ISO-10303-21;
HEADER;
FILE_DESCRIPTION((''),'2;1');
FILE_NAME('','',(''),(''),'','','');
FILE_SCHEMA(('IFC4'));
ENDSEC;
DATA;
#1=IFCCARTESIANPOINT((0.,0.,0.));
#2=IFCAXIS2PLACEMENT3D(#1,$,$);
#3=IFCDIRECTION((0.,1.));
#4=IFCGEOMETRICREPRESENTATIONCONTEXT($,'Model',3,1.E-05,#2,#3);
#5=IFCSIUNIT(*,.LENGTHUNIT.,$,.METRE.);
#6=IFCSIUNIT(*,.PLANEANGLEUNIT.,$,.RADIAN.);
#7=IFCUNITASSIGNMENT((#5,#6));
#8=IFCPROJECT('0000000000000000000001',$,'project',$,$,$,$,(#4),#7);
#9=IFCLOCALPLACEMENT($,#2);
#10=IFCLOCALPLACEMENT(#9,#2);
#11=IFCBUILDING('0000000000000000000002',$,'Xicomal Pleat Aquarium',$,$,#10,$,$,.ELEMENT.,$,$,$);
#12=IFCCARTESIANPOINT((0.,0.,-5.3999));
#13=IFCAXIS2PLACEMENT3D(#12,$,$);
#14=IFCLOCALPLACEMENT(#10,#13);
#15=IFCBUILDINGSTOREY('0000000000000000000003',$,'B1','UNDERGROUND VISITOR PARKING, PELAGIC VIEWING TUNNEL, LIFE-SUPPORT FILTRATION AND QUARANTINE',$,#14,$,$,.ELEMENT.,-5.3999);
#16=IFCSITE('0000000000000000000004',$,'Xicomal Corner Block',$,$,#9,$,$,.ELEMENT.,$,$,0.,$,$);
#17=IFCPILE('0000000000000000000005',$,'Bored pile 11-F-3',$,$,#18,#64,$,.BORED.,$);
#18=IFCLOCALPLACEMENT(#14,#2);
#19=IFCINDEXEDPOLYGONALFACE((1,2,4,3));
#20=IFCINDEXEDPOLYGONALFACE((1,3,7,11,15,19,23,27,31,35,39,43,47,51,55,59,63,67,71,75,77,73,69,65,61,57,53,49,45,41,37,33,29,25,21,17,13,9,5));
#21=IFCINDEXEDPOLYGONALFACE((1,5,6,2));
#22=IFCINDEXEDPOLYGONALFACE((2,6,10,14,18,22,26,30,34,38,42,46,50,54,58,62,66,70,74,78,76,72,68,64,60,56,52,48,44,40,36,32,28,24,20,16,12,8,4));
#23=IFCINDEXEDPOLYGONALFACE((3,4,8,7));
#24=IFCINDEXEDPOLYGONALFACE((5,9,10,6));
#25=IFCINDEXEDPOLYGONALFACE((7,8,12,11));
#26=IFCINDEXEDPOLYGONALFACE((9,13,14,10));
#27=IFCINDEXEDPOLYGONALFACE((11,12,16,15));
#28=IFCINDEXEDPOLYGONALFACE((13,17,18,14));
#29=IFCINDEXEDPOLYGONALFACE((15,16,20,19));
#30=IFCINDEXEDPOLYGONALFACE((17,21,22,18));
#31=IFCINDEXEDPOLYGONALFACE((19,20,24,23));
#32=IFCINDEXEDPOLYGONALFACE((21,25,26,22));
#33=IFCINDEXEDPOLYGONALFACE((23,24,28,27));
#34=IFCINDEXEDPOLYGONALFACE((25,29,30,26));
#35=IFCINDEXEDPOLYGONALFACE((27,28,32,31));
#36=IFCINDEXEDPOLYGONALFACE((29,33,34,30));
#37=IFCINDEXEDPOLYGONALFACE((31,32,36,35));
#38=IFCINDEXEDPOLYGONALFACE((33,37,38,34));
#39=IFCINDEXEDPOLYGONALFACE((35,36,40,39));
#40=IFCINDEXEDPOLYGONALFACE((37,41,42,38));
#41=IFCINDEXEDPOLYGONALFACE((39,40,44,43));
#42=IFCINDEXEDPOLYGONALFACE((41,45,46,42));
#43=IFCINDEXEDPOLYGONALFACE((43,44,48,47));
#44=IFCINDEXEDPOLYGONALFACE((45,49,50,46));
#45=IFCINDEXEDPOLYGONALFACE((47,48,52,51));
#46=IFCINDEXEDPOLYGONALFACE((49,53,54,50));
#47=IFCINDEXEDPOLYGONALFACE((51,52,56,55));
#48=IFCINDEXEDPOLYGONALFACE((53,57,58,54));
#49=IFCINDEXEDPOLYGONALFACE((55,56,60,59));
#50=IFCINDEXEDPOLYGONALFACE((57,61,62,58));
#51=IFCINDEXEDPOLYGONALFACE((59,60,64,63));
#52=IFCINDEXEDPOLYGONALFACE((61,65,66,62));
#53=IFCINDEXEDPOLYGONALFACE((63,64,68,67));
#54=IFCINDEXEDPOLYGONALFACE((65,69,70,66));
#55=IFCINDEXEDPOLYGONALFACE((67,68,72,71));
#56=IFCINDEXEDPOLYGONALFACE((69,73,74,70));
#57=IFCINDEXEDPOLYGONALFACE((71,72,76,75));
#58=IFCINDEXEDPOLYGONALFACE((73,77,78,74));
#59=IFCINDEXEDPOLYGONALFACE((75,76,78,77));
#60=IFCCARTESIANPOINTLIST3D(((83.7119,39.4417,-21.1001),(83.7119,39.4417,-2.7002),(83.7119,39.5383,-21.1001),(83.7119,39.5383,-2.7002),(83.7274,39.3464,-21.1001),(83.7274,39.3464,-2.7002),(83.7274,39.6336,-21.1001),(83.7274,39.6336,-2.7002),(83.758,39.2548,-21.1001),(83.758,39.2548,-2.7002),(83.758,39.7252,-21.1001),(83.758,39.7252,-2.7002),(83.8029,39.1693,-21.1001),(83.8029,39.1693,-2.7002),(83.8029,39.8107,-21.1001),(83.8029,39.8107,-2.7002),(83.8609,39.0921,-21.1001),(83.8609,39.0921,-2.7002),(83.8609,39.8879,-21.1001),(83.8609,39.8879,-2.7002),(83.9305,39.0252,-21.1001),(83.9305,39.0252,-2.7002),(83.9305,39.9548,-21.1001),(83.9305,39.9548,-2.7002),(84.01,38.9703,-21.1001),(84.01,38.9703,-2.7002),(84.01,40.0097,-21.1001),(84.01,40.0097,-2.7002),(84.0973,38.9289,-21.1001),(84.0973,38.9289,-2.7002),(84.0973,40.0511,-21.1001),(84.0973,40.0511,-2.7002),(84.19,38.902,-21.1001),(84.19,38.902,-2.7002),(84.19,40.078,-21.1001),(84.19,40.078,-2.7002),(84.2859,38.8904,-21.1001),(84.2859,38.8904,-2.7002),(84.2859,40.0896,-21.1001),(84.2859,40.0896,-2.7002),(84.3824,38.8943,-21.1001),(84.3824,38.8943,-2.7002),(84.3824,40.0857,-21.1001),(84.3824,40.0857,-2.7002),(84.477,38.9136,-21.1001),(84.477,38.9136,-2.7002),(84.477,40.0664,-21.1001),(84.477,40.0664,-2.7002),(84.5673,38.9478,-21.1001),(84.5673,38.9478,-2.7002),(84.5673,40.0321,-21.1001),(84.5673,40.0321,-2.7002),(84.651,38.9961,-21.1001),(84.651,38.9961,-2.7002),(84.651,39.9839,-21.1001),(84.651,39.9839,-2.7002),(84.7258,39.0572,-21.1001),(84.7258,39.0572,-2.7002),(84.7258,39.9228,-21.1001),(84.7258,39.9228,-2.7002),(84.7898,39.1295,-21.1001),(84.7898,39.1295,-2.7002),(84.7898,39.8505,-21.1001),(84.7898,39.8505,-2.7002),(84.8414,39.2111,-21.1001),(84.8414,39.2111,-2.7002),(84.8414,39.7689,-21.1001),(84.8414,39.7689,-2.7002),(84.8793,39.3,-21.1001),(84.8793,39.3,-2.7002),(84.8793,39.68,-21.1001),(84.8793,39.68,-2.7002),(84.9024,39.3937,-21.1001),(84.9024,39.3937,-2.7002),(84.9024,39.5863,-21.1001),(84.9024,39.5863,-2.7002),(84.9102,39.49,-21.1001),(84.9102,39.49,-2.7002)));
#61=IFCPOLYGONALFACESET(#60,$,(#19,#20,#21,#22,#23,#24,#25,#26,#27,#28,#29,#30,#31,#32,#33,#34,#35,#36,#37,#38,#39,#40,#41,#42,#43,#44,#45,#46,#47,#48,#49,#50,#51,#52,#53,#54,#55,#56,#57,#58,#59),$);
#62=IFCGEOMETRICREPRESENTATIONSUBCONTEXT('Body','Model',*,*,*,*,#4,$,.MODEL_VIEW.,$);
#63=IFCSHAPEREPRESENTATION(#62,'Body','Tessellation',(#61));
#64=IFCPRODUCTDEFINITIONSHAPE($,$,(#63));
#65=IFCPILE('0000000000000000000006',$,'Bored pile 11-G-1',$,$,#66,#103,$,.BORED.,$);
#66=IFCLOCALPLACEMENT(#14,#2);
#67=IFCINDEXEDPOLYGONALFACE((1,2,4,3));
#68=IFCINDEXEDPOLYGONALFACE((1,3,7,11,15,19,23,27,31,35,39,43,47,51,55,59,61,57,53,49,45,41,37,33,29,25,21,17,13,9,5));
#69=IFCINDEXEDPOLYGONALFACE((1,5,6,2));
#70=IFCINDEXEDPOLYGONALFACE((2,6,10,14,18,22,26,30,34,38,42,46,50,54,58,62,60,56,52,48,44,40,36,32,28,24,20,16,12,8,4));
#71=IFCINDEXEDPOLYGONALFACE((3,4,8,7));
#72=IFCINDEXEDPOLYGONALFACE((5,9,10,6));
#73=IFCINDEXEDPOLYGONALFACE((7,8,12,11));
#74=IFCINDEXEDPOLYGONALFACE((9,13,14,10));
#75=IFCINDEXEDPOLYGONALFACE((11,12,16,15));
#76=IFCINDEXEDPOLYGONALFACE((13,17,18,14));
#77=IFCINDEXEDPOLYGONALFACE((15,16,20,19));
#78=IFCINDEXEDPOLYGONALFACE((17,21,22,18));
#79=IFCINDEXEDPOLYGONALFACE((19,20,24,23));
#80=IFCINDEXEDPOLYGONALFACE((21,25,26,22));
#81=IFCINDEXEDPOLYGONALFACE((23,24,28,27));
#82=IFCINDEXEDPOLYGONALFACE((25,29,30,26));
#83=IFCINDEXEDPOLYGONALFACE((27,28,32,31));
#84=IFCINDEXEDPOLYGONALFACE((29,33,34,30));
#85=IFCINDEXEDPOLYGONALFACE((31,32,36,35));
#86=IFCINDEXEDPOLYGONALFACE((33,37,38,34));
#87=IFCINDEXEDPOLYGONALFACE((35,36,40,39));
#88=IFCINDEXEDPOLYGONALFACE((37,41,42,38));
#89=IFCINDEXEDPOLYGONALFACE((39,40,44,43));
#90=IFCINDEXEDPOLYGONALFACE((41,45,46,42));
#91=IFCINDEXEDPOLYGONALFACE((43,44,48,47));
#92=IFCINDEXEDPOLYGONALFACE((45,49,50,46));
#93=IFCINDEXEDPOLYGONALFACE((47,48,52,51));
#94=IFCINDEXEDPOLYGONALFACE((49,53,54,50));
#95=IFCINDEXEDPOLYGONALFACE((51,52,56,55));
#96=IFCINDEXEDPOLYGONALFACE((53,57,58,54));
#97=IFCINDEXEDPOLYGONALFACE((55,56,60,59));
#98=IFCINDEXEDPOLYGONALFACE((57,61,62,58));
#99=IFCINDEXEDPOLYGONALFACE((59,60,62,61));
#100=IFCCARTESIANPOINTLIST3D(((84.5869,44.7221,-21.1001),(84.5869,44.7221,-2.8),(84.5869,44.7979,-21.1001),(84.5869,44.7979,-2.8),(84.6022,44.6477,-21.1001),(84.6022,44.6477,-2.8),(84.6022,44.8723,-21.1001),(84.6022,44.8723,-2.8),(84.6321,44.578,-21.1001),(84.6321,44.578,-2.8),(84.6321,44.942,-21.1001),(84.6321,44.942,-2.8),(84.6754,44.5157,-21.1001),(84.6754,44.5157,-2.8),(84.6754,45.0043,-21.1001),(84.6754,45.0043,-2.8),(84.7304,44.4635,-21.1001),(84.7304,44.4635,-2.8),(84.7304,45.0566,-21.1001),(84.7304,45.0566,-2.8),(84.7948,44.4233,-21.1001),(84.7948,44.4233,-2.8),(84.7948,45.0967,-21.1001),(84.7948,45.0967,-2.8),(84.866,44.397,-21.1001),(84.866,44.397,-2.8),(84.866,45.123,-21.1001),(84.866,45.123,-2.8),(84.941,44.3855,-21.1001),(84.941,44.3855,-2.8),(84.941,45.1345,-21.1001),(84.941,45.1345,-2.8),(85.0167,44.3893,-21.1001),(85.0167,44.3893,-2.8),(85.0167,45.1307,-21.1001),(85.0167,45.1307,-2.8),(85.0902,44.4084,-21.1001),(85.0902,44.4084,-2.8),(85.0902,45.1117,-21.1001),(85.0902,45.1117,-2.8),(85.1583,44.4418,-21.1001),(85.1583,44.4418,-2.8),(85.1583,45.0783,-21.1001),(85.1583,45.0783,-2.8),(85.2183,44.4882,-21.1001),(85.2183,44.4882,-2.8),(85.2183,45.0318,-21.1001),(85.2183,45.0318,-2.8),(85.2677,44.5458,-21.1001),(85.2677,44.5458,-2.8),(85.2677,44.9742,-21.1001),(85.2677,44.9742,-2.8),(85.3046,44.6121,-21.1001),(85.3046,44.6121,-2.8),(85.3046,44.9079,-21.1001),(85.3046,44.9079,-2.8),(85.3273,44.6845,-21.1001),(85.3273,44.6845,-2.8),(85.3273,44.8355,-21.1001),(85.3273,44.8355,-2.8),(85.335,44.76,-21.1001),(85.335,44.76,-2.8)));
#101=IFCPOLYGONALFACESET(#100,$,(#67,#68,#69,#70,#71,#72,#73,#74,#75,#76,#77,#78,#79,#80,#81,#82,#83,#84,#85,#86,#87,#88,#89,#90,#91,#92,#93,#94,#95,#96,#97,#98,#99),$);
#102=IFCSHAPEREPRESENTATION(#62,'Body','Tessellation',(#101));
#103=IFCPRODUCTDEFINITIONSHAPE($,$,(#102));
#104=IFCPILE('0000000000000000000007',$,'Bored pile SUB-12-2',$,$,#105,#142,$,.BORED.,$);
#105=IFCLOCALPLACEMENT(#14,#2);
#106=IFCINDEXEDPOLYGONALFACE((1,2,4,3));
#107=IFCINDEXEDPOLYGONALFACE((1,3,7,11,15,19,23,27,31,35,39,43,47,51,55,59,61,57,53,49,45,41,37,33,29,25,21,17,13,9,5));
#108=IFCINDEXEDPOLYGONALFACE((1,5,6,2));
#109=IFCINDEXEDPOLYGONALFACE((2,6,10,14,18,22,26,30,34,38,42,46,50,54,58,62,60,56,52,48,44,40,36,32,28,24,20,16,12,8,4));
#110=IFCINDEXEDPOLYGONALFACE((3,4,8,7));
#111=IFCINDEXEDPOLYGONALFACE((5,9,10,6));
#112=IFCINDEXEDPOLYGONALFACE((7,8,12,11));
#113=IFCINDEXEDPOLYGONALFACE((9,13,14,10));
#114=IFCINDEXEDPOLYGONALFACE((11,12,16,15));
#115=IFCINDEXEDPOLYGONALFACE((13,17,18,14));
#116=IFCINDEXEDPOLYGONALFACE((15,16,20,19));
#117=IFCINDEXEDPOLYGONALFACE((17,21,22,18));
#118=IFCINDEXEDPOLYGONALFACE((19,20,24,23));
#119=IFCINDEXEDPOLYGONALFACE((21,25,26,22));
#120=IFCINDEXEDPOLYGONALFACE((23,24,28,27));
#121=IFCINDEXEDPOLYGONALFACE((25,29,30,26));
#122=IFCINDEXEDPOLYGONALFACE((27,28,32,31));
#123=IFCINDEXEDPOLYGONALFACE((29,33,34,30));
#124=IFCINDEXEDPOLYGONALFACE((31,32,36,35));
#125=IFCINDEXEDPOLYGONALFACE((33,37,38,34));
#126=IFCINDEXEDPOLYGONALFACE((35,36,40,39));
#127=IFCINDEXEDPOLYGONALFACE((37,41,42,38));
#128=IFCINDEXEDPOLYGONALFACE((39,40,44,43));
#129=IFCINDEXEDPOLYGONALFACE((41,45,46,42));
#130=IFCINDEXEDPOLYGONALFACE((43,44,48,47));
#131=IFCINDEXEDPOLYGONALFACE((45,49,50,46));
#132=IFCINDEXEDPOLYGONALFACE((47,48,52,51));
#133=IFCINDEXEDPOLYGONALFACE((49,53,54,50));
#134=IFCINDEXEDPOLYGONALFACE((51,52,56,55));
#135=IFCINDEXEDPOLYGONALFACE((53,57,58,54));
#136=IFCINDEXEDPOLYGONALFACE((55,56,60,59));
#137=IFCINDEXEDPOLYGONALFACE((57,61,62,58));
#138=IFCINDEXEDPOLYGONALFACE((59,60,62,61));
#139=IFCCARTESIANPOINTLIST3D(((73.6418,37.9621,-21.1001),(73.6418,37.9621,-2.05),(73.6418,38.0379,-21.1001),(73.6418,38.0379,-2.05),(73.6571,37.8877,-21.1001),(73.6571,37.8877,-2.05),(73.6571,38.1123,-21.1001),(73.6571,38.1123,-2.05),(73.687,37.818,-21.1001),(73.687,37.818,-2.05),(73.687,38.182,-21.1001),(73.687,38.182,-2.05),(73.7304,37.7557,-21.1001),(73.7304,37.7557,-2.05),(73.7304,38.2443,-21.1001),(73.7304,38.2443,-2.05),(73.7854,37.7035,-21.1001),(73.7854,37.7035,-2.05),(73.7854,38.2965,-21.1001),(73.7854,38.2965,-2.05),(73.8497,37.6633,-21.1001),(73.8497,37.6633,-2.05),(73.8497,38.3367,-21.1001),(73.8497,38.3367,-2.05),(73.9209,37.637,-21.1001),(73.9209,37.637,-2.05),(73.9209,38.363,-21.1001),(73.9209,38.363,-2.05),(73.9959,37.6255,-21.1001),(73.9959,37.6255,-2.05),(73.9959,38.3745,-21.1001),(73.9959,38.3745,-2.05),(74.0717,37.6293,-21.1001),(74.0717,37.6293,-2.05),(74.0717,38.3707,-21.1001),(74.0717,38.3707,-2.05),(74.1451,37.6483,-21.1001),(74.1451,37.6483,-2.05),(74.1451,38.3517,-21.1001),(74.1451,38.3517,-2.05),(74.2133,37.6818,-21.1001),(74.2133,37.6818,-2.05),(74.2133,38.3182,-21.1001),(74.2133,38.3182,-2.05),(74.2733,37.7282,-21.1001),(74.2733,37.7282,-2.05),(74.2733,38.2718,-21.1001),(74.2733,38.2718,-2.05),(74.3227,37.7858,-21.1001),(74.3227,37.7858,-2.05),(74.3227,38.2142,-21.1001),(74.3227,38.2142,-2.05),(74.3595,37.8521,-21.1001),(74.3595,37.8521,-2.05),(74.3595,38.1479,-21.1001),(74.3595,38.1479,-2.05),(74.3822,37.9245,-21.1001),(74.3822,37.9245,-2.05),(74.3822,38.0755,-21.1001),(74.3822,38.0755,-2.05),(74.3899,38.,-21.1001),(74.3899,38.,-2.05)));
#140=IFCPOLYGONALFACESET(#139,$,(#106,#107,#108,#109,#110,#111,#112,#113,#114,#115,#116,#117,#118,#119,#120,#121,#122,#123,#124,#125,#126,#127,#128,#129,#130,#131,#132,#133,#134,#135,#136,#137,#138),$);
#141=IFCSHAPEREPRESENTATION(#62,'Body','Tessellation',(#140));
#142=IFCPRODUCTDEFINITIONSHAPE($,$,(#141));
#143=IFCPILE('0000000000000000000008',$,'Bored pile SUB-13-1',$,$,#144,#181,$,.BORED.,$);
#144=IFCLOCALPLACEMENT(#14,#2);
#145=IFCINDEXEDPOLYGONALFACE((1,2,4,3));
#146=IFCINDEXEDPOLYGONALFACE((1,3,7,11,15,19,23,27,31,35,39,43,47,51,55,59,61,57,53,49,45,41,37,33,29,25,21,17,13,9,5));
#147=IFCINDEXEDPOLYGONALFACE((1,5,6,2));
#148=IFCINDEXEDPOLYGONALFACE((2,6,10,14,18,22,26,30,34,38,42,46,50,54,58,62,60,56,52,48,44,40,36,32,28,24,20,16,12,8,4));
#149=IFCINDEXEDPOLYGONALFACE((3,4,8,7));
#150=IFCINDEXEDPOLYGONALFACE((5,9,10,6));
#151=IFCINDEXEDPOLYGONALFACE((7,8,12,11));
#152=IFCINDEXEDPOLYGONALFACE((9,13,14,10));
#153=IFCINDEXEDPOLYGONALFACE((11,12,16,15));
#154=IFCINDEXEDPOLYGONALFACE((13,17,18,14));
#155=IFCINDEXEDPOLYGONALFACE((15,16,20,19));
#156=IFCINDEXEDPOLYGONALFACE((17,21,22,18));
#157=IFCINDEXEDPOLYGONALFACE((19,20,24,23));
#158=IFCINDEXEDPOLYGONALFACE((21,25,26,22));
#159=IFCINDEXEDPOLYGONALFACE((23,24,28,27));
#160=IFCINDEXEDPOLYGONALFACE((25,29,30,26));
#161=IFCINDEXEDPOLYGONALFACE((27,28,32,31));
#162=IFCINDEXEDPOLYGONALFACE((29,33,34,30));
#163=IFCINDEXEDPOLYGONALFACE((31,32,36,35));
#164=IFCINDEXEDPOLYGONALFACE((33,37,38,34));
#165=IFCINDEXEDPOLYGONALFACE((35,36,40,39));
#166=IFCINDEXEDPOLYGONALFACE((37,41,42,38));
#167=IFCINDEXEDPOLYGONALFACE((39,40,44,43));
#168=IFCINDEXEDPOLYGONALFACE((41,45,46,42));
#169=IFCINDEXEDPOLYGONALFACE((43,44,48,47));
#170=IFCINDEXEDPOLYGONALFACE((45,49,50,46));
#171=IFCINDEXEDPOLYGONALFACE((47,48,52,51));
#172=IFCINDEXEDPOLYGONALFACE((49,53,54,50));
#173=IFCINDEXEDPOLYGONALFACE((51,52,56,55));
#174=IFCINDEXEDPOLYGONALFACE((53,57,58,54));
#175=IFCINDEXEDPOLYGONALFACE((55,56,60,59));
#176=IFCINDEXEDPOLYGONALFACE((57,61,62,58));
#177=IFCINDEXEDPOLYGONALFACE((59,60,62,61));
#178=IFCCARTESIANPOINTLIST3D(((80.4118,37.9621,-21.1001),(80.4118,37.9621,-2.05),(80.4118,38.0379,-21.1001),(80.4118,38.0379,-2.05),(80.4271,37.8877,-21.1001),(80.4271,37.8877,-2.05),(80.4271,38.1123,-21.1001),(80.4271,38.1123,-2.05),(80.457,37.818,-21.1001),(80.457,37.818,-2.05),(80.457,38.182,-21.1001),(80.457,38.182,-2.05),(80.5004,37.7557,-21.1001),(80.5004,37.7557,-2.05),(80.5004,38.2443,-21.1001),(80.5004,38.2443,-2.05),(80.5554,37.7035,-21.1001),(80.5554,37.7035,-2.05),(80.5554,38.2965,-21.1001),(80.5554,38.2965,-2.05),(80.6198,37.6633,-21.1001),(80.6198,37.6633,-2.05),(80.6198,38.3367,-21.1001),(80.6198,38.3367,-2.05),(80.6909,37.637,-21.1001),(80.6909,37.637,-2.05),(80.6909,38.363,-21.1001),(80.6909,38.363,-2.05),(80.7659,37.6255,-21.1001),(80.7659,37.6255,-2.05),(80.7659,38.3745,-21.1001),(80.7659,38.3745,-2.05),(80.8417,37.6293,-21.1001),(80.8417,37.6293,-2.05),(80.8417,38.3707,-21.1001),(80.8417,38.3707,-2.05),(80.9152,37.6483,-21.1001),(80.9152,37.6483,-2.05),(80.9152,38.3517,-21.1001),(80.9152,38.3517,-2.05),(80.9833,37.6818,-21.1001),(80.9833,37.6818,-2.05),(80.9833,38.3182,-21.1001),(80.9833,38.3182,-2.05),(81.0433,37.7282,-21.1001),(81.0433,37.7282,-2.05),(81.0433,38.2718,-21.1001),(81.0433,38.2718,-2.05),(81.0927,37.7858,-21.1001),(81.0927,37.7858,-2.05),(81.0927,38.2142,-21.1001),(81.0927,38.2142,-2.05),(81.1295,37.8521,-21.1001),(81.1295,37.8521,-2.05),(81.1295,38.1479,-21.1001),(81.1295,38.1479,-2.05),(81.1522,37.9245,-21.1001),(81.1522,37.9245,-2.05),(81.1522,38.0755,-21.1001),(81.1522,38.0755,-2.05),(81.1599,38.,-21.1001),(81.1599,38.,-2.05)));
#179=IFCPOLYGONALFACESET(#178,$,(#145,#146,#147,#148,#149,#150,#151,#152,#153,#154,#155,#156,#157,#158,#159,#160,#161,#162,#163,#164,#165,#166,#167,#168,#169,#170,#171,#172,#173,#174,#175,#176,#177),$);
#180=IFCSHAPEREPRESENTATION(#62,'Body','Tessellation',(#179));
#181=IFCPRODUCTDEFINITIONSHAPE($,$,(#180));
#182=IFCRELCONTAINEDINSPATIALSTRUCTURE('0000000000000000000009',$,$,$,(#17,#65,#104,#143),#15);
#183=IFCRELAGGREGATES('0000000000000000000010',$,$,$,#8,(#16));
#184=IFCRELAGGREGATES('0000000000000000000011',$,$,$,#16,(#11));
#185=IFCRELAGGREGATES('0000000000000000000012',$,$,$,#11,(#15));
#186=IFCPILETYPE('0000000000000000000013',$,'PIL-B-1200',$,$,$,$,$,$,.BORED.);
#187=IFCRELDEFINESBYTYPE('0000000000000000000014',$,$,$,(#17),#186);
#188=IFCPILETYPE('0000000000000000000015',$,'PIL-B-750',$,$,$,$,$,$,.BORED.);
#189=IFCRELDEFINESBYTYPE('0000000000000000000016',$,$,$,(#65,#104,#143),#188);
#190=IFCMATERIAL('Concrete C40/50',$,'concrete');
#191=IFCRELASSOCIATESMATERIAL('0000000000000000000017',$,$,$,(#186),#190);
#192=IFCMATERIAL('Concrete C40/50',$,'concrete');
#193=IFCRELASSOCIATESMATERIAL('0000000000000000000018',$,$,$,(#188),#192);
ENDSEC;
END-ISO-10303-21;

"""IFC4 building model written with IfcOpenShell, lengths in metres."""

from ifc_helpers import new_model, si_unit, direction, frame, origin, origin_2d, place, context, subcontext, project, spatial, circle, extrude, material, material_profile, profile_set, type_object, element, save


model = new_model("IFC4")

# Units and contexts
model_context = context("Model", 3, precision=1e-05, world=origin(), true_north=direction((0.0, 1.0)))
body_context = subcontext(model_context, "Body", "Model", "MODEL_VIEW")
ifc_project = project(units=[si_unit("LENGTHUNIT", "METRE"), si_unit("PLANEANGLEUNIT", "RADIAN")], contexts=[model_context])

# Site, building, storey
site_placement = place(None, origin())
site = spatial("IfcSite", under=ifc_project, at=site_placement, Name="Xicomal Corner Block", CompositionType="ELEMENT", RefElevation=0.0)
building_placement = place(site_placement, origin())
building = spatial("IfcBuilding", under=site, at=building_placement, Name="Xicomal Pleat Aquarium", CompositionType="ELEMENT")
storey_placement = place(building_placement, frame((0.0, 0.0, -5.3999)))
storey = spatial("IfcBuildingStorey", under=building, at=storey_placement, Name="B1", Description="UNDERGROUND VISITOR PARKING, PELAGIC VIEWING TUNNEL, LIFE-SUPPORT FILTRATION AND QUARANTINE", CompositionType="ELEMENT", Elevation=-5.3999)

# Piles
ifc_material_1 = material(Name="Concrete C40/50", Category="concrete")
ifc_material_profile_1 = material_profile(ifc_material_1, circle(Radius=0.6001, at=origin_2d()), Name="BORED PILE D1200")
ifc_profile_set_1 = profile_set([ifc_material_profile_1], Name="Concrete C40/50")
pile_type_1 = type_object("IfcPileType", Name="PIL-B-1200", PredefinedType="BORED", material=ifc_profile_set_1)
for number, where, z_axis, x_axis, name in (
    (1, (84.3101, 39.49, -2.7002), (0.0, 0.0, -1.0), (1.0, 0.0, 0.0), "Bored pile 11-F-3"),
):
    element("IfcPile", number, at=place(storey_placement, frame(where, z_axis=z_axis, x_axis=x_axis)), inside=storey, type_object=pile_type_1, Name=name, PredefinedType="BORED", context=body_context, shape_type="SweptSolid", body=[
        extrude(circle(Radius=0.6001, at=origin_2d()), origin(), (0.0, 0.0, 1.0), 18.3999),
    ])
ifc_material_2 = material(Name="Concrete C40/50", Category="concrete")
ifc_material_profile_2 = material_profile(ifc_material_2, circle(Radius=0.375, at=origin_2d()), Name="BORED PILE D750")
ifc_profile_set_2 = profile_set([ifc_material_profile_2], Name="Concrete C40/50")
pile_type_2 = type_object("IfcPileType", Name="PIL-B-750", PredefinedType="BORED", material=ifc_profile_set_2)
pile_1_placement = place(storey_placement, frame((84.96, 44.76, -2.8), z_axis=(0.0, 0.0, -1.0), x_axis=(1.0, 0.0, 0.0)))
element("IfcPile", 2, at=pile_1_placement, inside=storey, type_object=pile_type_2, Name="Bored pile 11-G-1", PredefinedType="BORED", context=body_context, shape_type="SweptSolid", body=[
    extrude(circle(Radius=0.375, at=origin_2d()), origin(), (0.0, 0.0, 1.0), 18.3),
])
for number, where, z_axis, x_axis, name in (
    (3, (74.0149, 38.0, -2.05), (0.0, 0.0, -1.0), (1.0, 0.0, 0.0), "Bored pile SUB-12-2"),
    (4, (80.7849, 38.0, -2.05), (0.0, 0.0, -1.0), (1.0, 0.0, 0.0), "Bored pile SUB-13-1"),
):
    element("IfcPile", number, at=place(storey_placement, frame(where, z_axis=z_axis, x_axis=x_axis)), inside=storey, type_object=pile_type_2, Name=name, PredefinedType="BORED", context=body_context, shape_type="SweptSolid", body=[
        extrude(circle(Radius=0.375, at=origin_2d()), origin(), (0.0, 0.0, 1.0), 19.05),
    ])

save(model, "model.ifc")
